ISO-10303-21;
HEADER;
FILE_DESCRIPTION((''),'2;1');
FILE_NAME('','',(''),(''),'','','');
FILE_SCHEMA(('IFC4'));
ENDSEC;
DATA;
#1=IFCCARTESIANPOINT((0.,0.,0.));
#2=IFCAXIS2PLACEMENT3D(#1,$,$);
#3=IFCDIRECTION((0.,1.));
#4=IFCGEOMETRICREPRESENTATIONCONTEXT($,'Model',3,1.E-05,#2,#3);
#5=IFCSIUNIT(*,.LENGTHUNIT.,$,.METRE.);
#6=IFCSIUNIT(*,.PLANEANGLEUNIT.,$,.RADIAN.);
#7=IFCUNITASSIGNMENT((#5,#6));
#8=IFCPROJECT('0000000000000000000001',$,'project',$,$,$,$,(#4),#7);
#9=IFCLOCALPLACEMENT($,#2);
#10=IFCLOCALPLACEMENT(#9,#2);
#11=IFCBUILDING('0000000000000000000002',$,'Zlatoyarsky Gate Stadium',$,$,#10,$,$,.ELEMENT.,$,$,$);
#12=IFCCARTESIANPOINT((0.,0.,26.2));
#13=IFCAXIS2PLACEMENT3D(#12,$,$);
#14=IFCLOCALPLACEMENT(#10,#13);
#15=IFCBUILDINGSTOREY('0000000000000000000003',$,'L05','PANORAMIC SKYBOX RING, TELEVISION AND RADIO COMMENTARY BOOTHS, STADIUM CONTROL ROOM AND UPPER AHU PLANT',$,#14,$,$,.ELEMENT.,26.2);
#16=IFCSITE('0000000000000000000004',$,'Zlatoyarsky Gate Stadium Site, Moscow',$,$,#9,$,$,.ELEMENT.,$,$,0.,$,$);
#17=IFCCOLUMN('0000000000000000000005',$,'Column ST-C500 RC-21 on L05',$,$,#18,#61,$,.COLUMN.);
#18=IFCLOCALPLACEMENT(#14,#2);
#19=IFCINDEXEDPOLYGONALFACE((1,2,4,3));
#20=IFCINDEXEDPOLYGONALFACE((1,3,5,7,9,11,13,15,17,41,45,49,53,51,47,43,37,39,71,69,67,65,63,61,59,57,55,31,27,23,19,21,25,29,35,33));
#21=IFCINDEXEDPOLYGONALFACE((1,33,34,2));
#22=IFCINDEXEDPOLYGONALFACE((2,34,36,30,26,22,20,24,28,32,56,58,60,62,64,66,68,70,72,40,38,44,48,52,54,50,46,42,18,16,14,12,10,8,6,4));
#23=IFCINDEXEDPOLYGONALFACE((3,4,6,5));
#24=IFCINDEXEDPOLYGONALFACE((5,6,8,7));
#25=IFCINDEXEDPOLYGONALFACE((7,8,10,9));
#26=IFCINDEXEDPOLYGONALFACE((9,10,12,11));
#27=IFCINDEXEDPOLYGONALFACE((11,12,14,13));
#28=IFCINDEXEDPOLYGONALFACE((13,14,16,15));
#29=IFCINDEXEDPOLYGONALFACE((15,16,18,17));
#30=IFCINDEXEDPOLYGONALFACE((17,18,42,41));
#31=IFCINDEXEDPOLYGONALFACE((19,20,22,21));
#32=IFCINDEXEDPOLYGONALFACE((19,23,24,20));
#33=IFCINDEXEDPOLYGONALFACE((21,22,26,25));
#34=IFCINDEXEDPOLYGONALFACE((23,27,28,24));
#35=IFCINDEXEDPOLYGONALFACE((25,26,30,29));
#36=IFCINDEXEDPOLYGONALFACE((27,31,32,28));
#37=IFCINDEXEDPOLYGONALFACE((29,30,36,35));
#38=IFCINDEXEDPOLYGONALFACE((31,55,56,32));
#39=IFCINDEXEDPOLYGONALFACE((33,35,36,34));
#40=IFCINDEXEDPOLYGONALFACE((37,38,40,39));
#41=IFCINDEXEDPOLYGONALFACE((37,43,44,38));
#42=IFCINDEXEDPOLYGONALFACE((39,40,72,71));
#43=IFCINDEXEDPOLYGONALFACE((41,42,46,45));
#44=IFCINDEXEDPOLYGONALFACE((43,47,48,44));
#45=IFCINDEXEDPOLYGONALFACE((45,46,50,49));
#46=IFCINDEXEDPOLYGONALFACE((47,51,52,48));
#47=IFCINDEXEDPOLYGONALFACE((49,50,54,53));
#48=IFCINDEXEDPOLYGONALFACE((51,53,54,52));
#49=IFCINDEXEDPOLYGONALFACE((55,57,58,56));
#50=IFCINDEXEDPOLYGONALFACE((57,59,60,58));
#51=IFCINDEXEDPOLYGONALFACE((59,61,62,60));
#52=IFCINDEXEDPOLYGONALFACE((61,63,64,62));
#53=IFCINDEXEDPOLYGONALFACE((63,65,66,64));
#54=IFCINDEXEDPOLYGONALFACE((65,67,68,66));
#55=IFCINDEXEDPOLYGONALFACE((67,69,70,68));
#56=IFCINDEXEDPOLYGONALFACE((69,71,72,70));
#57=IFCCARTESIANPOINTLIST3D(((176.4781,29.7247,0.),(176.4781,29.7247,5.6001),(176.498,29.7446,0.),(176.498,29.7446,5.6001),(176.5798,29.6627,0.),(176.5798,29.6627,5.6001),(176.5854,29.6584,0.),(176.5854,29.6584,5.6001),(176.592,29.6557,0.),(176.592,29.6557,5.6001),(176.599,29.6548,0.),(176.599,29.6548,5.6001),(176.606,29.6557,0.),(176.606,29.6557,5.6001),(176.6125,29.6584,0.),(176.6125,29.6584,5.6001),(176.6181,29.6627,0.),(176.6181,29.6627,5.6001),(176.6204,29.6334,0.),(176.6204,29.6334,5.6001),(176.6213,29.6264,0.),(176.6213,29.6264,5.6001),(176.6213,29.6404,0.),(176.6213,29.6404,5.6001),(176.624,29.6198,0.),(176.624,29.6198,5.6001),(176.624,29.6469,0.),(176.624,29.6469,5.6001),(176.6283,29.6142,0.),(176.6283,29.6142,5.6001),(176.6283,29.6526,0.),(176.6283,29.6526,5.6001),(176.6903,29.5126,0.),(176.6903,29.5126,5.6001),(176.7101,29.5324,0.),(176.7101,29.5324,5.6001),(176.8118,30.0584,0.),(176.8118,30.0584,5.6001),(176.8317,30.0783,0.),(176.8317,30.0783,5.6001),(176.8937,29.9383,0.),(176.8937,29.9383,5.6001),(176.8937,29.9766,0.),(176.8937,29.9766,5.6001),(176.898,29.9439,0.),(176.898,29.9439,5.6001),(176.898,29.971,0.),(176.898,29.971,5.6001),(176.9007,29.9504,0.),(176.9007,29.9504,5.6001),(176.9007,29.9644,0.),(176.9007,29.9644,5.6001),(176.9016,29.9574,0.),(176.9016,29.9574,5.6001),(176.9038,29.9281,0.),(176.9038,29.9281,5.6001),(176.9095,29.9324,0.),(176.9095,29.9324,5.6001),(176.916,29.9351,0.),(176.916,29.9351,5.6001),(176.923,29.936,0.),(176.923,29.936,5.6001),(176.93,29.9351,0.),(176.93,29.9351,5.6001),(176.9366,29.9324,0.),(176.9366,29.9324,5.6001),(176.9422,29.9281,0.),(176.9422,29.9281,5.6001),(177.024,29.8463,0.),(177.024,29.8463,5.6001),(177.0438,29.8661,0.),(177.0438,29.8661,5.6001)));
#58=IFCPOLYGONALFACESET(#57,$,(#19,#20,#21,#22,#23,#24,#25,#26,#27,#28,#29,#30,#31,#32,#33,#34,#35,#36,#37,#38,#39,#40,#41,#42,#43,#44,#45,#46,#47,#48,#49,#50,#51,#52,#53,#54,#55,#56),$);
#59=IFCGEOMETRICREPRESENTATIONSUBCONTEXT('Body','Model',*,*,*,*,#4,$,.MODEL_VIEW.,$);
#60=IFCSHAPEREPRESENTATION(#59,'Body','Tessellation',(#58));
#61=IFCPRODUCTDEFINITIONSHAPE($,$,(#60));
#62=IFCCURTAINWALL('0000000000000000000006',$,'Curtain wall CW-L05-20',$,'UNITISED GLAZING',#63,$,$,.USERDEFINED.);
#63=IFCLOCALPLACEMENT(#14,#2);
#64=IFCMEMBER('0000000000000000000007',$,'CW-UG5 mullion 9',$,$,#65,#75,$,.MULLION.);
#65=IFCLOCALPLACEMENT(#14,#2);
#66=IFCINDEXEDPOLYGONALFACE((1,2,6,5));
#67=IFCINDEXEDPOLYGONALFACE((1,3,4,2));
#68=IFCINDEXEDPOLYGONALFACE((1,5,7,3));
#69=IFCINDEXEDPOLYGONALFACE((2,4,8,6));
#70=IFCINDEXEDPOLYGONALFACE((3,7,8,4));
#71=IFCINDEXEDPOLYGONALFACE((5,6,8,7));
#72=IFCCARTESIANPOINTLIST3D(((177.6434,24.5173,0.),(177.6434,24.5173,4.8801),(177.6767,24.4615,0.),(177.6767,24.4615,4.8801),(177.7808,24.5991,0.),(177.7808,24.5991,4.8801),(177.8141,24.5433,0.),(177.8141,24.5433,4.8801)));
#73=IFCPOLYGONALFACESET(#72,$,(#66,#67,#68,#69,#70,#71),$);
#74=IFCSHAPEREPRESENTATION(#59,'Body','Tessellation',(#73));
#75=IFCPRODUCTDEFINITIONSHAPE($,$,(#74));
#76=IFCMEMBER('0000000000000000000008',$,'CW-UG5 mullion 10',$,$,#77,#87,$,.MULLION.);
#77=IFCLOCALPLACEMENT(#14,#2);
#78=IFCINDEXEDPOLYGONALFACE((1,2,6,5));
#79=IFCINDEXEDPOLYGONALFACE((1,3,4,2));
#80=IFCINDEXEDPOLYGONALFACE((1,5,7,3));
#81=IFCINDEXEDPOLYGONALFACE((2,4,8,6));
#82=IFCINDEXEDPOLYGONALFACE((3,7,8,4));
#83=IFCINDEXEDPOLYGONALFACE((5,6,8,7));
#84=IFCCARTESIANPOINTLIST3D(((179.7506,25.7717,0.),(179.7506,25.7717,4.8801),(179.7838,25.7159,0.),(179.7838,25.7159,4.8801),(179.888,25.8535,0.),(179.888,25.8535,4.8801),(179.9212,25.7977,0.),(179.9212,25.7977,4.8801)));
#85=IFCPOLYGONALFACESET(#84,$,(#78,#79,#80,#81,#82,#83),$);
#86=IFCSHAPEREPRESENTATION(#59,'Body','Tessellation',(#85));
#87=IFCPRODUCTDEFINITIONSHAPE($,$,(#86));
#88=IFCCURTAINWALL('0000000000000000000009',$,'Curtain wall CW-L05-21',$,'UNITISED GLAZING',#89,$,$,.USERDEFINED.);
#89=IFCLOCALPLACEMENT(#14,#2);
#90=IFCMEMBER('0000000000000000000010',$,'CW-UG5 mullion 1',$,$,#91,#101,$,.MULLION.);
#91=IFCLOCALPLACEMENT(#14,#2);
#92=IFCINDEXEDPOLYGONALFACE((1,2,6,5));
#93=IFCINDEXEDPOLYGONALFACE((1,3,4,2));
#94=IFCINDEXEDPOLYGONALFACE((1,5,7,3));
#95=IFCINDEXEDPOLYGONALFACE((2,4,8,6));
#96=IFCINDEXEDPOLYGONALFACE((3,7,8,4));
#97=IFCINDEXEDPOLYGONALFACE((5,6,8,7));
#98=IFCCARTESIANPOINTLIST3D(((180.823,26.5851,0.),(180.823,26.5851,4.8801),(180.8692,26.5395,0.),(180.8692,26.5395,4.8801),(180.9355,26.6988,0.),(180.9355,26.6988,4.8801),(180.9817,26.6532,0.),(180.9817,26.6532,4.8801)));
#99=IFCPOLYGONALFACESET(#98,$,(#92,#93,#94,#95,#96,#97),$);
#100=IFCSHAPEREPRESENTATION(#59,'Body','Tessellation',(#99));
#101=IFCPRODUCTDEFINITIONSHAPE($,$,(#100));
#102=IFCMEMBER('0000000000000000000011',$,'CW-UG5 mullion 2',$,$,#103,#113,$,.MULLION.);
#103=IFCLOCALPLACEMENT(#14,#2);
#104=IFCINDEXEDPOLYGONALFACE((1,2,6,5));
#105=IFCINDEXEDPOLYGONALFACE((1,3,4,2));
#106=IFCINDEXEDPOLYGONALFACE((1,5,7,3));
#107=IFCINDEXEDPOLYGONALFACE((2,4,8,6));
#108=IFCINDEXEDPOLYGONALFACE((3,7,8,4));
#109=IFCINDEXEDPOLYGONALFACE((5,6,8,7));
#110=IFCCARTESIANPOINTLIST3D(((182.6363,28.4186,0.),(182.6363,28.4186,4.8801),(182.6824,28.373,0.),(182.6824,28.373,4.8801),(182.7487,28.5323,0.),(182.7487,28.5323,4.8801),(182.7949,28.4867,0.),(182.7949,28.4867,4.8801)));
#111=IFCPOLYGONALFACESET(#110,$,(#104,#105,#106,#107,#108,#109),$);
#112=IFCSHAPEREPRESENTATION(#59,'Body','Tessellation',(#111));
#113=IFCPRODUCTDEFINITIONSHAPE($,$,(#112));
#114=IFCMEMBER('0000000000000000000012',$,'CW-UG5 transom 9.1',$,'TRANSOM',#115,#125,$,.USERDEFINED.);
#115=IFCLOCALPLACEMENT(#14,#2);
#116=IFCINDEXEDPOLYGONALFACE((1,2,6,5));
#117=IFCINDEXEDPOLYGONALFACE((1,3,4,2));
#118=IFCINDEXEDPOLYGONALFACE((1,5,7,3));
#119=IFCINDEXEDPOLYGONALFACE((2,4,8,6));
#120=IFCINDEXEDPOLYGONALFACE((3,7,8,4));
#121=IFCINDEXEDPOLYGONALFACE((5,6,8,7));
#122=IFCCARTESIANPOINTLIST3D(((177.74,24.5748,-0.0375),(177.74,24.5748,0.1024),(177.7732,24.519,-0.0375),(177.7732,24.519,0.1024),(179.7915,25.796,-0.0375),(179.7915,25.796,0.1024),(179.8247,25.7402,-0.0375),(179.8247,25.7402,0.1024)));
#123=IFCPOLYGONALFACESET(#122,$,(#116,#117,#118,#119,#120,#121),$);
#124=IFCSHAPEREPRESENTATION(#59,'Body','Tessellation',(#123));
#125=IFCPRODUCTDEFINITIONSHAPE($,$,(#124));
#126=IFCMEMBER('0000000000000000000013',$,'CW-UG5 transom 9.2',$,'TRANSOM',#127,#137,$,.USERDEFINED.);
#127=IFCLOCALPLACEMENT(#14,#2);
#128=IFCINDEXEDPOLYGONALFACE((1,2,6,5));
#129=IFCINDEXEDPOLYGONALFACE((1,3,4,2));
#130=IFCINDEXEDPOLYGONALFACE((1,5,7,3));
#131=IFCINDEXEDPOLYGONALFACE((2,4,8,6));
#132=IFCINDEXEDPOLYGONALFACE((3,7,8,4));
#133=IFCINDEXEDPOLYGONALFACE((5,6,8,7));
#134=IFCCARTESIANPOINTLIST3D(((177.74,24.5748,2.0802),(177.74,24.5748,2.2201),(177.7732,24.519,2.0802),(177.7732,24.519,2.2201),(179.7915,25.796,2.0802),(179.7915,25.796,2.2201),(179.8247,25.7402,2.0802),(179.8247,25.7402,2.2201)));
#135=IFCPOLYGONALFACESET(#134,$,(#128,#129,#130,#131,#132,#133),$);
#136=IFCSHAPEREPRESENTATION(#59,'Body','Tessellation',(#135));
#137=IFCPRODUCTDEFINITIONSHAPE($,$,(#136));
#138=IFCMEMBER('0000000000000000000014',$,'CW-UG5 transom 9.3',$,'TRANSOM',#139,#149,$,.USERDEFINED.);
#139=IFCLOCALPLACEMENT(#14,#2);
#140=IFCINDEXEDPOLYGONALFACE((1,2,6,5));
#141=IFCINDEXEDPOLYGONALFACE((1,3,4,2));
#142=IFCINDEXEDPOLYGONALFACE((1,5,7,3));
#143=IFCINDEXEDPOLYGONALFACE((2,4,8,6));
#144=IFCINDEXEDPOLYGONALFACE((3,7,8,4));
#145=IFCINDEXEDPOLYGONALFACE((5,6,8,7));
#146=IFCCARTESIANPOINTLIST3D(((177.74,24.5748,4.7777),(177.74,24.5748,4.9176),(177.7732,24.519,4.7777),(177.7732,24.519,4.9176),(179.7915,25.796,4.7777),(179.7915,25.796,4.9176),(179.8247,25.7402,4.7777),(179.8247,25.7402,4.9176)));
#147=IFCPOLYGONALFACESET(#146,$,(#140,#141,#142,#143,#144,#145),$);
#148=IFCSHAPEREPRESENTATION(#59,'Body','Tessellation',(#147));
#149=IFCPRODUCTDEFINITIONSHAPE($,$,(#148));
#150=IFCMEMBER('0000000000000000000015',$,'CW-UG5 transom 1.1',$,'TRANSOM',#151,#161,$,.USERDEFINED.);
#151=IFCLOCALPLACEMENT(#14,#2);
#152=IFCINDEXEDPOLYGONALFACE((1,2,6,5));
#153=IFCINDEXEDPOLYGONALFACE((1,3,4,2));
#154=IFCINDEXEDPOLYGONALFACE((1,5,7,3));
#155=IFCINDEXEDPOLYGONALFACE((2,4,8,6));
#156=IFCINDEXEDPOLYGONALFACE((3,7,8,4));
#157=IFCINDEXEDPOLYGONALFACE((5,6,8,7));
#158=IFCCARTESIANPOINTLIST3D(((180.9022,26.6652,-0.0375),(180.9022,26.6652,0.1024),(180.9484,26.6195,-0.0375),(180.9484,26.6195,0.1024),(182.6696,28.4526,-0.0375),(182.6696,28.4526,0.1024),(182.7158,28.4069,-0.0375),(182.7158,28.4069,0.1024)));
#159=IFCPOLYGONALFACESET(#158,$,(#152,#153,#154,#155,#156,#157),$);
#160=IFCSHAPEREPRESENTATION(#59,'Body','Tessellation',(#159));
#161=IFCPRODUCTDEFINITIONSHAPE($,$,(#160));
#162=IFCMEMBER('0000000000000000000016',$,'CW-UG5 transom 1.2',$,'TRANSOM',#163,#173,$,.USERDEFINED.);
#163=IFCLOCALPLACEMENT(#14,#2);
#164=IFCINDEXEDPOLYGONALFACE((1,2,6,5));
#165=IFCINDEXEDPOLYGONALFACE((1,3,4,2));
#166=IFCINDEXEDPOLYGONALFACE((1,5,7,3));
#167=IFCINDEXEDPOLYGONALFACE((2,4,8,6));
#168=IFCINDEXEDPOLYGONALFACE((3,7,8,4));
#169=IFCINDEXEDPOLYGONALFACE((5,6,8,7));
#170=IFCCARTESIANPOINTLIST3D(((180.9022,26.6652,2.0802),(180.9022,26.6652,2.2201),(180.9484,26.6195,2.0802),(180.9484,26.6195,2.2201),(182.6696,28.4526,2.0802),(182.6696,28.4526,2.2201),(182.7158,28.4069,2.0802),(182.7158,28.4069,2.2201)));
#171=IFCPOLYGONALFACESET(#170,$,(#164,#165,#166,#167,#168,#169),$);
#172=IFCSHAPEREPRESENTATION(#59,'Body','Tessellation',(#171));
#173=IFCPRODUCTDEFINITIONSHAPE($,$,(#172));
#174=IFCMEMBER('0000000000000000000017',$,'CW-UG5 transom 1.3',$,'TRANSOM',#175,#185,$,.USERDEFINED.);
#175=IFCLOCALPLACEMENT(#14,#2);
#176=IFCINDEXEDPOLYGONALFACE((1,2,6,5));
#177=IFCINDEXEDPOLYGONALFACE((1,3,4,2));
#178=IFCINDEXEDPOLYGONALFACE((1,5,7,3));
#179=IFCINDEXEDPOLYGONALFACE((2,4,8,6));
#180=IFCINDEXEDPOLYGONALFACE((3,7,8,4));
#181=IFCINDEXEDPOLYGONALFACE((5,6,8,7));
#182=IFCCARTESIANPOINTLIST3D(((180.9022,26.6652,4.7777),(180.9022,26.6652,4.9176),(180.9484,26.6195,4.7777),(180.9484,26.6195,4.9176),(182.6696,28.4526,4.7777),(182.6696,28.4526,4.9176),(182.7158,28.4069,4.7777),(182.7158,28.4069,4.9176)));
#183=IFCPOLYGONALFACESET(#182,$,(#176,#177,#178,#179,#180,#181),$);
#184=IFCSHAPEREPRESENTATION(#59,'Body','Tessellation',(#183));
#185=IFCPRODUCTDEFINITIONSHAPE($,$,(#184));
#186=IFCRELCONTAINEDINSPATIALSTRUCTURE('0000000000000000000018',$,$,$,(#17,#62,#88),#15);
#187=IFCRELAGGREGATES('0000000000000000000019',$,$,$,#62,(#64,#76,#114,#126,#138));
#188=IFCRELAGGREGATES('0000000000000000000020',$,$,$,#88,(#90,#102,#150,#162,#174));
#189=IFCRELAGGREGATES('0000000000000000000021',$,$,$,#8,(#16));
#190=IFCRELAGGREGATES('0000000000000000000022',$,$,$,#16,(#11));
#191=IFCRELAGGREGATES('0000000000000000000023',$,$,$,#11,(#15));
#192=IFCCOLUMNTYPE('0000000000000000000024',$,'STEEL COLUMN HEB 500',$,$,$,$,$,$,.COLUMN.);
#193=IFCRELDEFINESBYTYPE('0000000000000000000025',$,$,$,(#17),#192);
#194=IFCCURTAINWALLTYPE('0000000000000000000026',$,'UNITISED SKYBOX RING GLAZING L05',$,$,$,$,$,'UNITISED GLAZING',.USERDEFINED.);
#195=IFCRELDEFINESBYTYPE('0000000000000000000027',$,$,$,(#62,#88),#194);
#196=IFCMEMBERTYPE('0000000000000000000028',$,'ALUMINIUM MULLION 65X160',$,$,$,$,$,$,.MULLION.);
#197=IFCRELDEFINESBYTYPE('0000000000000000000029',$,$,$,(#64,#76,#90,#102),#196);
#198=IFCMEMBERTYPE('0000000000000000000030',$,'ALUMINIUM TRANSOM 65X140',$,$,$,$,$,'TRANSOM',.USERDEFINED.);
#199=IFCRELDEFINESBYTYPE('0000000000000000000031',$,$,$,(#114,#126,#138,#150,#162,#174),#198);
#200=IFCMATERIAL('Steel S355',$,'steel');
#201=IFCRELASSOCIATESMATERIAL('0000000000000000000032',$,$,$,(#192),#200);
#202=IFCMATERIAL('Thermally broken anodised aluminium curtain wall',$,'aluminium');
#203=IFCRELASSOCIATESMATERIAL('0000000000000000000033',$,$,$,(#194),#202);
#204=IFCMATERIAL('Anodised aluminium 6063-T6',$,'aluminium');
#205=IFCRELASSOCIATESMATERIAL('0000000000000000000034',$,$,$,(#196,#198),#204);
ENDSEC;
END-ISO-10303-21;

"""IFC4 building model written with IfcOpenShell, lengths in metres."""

from ifc_helpers import new_model, si_unit, direction, frame, origin, origin_2d, place, context, subcontext, project, spatial, rectangle, i_section, extrude, material, material_profile, profile_set, type_object, element, aggregate, save


model = new_model("IFC4")

# Units and contexts
model_context = context("Model", 3, precision=1e-05, world=origin(), true_north=direction((0.0, 1.0)))
body_context = subcontext(model_context, "Body", "Model", "MODEL_VIEW")
ifc_project = project(units=[si_unit("LENGTHUNIT", "METRE"), si_unit("PLANEANGLEUNIT", "RADIAN")], contexts=[model_context])

# Site, building, storey
site_placement = place(None, origin())
site = spatial("IfcSite", under=ifc_project, at=site_placement, Name="Zlatoyarsky Gate Stadium Site, Moscow", CompositionType="ELEMENT", RefElevation=0.0)
building_placement = place(site_placement, origin())
building = spatial("IfcBuilding", under=site, at=building_placement, Name="Zlatoyarsky Gate Stadium", CompositionType="ELEMENT")
storey_placement = place(building_placement, frame((0.0, 0.0, 26.2)))
storey = spatial("IfcBuildingStorey", under=building, at=storey_placement, Name="L05", Description="PANORAMIC SKYBOX RING, TELEVISION AND RADIO COMMENTARY BOOTHS, STADIUM CONTROL ROOM AND UPPER AHU PLANT", CompositionType="ELEMENT", Elevation=26.2)

# Column
ifc_material_1 = material(Name="Steel S355", Category="steel")
ifc_material_profile_1 = material_profile(ifc_material_1, i_section(OverallWidth=0.3, OverallDepth=0.5, WebThickness=0.0144, FlangeThickness=0.0281, FilletRadius=0.0271, at=origin_2d()), Name="HEB 500")
ifc_profile_set_1 = profile_set([ifc_material_profile_1], Name="Steel S355")
column_type = type_object("IfcColumnType", Name="STEEL COLUMN HEB 500", PredefinedType="COLUMN", material=ifc_profile_set_1)
column_placement = place(storey_placement, frame((176.761, 29.7954, 0.0), z_axis=(0.0, 0.0, 1.0), x_axis=(0.707107, -0.707107, 0.0)))
element("IfcColumn", 1, at=column_placement, inside=storey, type_object=column_type, Name="Column ST-C500 RC-21 on L05", PredefinedType="COLUMN", context=body_context, shape_type="SweptSolid", body=[
    extrude(i_section(OverallWidth=0.3, OverallDepth=0.5, WebThickness=0.0144, FlangeThickness=0.0281, FilletRadius=0.0271, at=origin_2d()), origin(), (0.0, 0.0, 1.0), 5.6001),
])

# Curtain walls, members
ifc_material_2 = material(Name="Thermally broken anodised aluminium curtain wall", Category="aluminium")
curtain_wall_type = type_object("IfcCurtainWallType", Name="UNITISED SKYBOX RING GLAZING L05", ElementType="UNITISED GLAZING", PredefinedType="USERDEFINED", material=ifc_material_2)
curtain_wall_1_placement = place(storey_placement, origin())
curtain_wall_1 = element("IfcCurtainWall", 2, at=curtain_wall_1_placement, inside=storey, type_object=curtain_wall_type, Name="Curtain wall CW-L05-20", ObjectType="UNITISED GLAZING", PredefinedType="USERDEFINED")
ifc_material_3 = material(Name="Anodised aluminium 6063-T6", Category="aluminium")
ifc_material_profile_2 = material_profile(ifc_material_3, rectangle(XDim=0.0649, YDim=0.1599, at=origin_2d()), Name="ALU 65X160")
ifc_profile_set_2 = profile_set([ifc_material_profile_2], Name="Anodised aluminium 6063-T6")
member_type_1 = type_object("IfcMemberType", Name="ALUMINIUM MULLION 65X160", PredefinedType="MULLION", material=ifc_profile_set_2)
member_1_placement = place(storey_placement, frame((177.7288, 24.5303, 0.0), z_axis=(0.0, 0.0, 1.0), x_axis=(-0.511577, 0.859237, 0.0)))
member_1 = element("IfcMember", 3, at=member_1_placement, type_object=member_type_1, Name="CW-UG5 mullion 9", PredefinedType="MULLION", context=body_context, shape_type="SweptSolid", body=[
    extrude(rectangle(XDim=0.0649, YDim=0.1599, at=origin_2d()), origin(), (0.0, 0.0, 1.0), 4.8801),
])
member_2_placement = place(storey_placement, frame((179.8359, 25.7847, 0.0), z_axis=(0.0, 0.0, 1.0), x_axis=(-0.511577, 0.859237, 0.0)))
member_2 = element("IfcMember", 4, at=member_2_placement, type_object=member_type_1, Name="CW-UG5 mullion 10", PredefinedType="MULLION", context=body_context, shape_type="SweptSolid", body=[
    extrude(rectangle(XDim=0.0649, YDim=0.1599, at=origin_2d()), origin(), (0.0, 0.0, 1.0), 4.8801),
])
curtain_wall_2_placement = place(storey_placement, origin())
curtain_wall_2 = element("IfcCurtainWall", 5, at=curtain_wall_2_placement, inside=storey, type_object=curtain_wall_type, Name="Curtain wall CW-L05-21", ObjectType="UNITISED GLAZING", PredefinedType="USERDEFINED")
member_3_placement = place(storey_placement, frame((180.9023, 26.6191, 0.0), z_axis=(0.0, 0.0, 1.0), x_axis=(-0.711033, 0.703158, 0.0)))
member_3 = element("IfcMember", 6, at=member_3_placement, type_object=member_type_1, Name="CW-UG5 mullion 1", PredefinedType="MULLION", context=body_context, shape_type="SweptSolid", body=[
    extrude(rectangle(XDim=0.0649, YDim=0.1599, at=origin_2d()), origin(), (0.0, 0.0, 1.0), 4.8801),
])
member_4_placement = place(storey_placement, frame((182.7156, 28.4526, 0.0), z_axis=(0.0, 0.0, 1.0), x_axis=(-0.711033, 0.703158, 0.0)))
member_4 = element("IfcMember", 7, at=member_4_placement, type_object=member_type_1, Name="CW-UG5 mullion 2", PredefinedType="MULLION", context=body_context, shape_type="SweptSolid", body=[
    extrude(rectangle(XDim=0.0649, YDim=0.1599, at=origin_2d()), origin(), (0.0, 0.0, 1.0), 4.8801),
])

# Members
ifc_material_profile_3 = material_profile(ifc_material_3, rectangle(XDim=0.0649, YDim=0.1399, at=origin_2d()), Name="ALU 65X140")
ifc_profile_set_3 = profile_set([ifc_material_profile_3], Name="Anodised aluminium 6063-T6")
member_type_2 = type_object("IfcMemberType", Name="ALUMINIUM TRANSOM 65X140", ElementType="TRANSOM", PredefinedType="USERDEFINED", material=ifc_profile_set_3)
member_5_placement = place(storey_placement, frame((177.7566, 24.5469, 0.0325), z_axis=(0.859283, 0.5115, 0.0), x_axis=(-0.5115, 0.859283, 0.0)))
member_5 = element("IfcMember", 8, at=member_5_placement, type_object=member_type_2, Name="CW-UG5 transom 9.1", ObjectType="TRANSOM", PredefinedType="USERDEFINED", context=body_context, shape_type="SweptSolid", body=[
    extrude(rectangle(XDim=0.0649, YDim=0.1399, at=origin_2d()), origin(), (0.0, 0.0, 1.0), 2.3875),
])
member_6_placement = place(storey_placement, frame((177.7566, 24.5469, 2.1501), z_axis=(0.859283, 0.5115, 0.0), x_axis=(-0.5115, 0.859283, 0.0)))
member_6 = element("IfcMember", 9, at=member_6_placement, type_object=member_type_2, Name="CW-UG5 transom 9.2", ObjectType="TRANSOM", PredefinedType="USERDEFINED", context=body_context, shape_type="SweptSolid", body=[
    extrude(rectangle(XDim=0.0649, YDim=0.1399, at=origin_2d()), origin(), (0.0, 0.0, 1.0), 2.3875),
])
member_7_placement = place(storey_placement, frame((177.7566, 24.5469, 4.8477), z_axis=(0.859283, 0.5115, 0.0), x_axis=(-0.5115, 0.859283, 0.0)))
member_7 = element("IfcMember", 10, at=member_7_placement, type_object=member_type_2, Name="CW-UG5 transom 9.3", ObjectType="TRANSOM", PredefinedType="USERDEFINED", context=body_context, shape_type="SweptSolid", body=[
    extrude(rectangle(XDim=0.0649, YDim=0.1399, at=origin_2d()), origin(), (0.0, 0.0, 1.0), 2.3875),
])
member_8_placement = place(storey_placement, frame((180.9253, 26.6423, 0.0325), z_axis=(0.703113, 0.711078, 0.0), x_axis=(-0.711078, 0.703113, 0.0)))
member_8 = element("IfcMember", 11, at=member_8_placement, type_object=member_type_2, Name="CW-UG5 transom 1.1", ObjectType="TRANSOM", PredefinedType="USERDEFINED", context=body_context, shape_type="SweptSolid", body=[
    extrude(rectangle(XDim=0.0649, YDim=0.1399, at=origin_2d()), origin(), (0.0, 0.0, 1.0), 2.5137),
])
member_9_placement = place(storey_placement, frame((180.9253, 26.6423, 2.1501), z_axis=(0.703113, 0.711078, 0.0), x_axis=(-0.711078, 0.703113, 0.0)))
member_9 = element("IfcMember", 12, at=member_9_placement, type_object=member_type_2, Name="CW-UG5 transom 1.2", ObjectType="TRANSOM", PredefinedType="USERDEFINED", context=body_context, shape_type="SweptSolid", body=[
    extrude(rectangle(XDim=0.0649, YDim=0.1399, at=origin_2d()), origin(), (0.0, 0.0, 1.0), 2.5137),
])
member_10_placement = place(storey_placement, frame((180.9253, 26.6423, 4.8477), z_axis=(0.703113, 0.711078, 0.0), x_axis=(-0.711078, 0.703113, 0.0)))
member_10 = element("IfcMember", 13, at=member_10_placement, type_object=member_type_2, Name="CW-UG5 transom 1.3", ObjectType="TRANSOM", PredefinedType="USERDEFINED", context=body_context, shape_type="SweptSolid", body=[
    extrude(rectangle(XDim=0.0649, YDim=0.1399, at=origin_2d()), origin(), (0.0, 0.0, 1.0), 2.5137),
])

aggregate(curtain_wall_1, [member_1, member_2, member_5, member_6, member_7])
aggregate(curtain_wall_2, [member_3, member_4, member_8, member_9, member_10])

save(model, "model.ifc")
